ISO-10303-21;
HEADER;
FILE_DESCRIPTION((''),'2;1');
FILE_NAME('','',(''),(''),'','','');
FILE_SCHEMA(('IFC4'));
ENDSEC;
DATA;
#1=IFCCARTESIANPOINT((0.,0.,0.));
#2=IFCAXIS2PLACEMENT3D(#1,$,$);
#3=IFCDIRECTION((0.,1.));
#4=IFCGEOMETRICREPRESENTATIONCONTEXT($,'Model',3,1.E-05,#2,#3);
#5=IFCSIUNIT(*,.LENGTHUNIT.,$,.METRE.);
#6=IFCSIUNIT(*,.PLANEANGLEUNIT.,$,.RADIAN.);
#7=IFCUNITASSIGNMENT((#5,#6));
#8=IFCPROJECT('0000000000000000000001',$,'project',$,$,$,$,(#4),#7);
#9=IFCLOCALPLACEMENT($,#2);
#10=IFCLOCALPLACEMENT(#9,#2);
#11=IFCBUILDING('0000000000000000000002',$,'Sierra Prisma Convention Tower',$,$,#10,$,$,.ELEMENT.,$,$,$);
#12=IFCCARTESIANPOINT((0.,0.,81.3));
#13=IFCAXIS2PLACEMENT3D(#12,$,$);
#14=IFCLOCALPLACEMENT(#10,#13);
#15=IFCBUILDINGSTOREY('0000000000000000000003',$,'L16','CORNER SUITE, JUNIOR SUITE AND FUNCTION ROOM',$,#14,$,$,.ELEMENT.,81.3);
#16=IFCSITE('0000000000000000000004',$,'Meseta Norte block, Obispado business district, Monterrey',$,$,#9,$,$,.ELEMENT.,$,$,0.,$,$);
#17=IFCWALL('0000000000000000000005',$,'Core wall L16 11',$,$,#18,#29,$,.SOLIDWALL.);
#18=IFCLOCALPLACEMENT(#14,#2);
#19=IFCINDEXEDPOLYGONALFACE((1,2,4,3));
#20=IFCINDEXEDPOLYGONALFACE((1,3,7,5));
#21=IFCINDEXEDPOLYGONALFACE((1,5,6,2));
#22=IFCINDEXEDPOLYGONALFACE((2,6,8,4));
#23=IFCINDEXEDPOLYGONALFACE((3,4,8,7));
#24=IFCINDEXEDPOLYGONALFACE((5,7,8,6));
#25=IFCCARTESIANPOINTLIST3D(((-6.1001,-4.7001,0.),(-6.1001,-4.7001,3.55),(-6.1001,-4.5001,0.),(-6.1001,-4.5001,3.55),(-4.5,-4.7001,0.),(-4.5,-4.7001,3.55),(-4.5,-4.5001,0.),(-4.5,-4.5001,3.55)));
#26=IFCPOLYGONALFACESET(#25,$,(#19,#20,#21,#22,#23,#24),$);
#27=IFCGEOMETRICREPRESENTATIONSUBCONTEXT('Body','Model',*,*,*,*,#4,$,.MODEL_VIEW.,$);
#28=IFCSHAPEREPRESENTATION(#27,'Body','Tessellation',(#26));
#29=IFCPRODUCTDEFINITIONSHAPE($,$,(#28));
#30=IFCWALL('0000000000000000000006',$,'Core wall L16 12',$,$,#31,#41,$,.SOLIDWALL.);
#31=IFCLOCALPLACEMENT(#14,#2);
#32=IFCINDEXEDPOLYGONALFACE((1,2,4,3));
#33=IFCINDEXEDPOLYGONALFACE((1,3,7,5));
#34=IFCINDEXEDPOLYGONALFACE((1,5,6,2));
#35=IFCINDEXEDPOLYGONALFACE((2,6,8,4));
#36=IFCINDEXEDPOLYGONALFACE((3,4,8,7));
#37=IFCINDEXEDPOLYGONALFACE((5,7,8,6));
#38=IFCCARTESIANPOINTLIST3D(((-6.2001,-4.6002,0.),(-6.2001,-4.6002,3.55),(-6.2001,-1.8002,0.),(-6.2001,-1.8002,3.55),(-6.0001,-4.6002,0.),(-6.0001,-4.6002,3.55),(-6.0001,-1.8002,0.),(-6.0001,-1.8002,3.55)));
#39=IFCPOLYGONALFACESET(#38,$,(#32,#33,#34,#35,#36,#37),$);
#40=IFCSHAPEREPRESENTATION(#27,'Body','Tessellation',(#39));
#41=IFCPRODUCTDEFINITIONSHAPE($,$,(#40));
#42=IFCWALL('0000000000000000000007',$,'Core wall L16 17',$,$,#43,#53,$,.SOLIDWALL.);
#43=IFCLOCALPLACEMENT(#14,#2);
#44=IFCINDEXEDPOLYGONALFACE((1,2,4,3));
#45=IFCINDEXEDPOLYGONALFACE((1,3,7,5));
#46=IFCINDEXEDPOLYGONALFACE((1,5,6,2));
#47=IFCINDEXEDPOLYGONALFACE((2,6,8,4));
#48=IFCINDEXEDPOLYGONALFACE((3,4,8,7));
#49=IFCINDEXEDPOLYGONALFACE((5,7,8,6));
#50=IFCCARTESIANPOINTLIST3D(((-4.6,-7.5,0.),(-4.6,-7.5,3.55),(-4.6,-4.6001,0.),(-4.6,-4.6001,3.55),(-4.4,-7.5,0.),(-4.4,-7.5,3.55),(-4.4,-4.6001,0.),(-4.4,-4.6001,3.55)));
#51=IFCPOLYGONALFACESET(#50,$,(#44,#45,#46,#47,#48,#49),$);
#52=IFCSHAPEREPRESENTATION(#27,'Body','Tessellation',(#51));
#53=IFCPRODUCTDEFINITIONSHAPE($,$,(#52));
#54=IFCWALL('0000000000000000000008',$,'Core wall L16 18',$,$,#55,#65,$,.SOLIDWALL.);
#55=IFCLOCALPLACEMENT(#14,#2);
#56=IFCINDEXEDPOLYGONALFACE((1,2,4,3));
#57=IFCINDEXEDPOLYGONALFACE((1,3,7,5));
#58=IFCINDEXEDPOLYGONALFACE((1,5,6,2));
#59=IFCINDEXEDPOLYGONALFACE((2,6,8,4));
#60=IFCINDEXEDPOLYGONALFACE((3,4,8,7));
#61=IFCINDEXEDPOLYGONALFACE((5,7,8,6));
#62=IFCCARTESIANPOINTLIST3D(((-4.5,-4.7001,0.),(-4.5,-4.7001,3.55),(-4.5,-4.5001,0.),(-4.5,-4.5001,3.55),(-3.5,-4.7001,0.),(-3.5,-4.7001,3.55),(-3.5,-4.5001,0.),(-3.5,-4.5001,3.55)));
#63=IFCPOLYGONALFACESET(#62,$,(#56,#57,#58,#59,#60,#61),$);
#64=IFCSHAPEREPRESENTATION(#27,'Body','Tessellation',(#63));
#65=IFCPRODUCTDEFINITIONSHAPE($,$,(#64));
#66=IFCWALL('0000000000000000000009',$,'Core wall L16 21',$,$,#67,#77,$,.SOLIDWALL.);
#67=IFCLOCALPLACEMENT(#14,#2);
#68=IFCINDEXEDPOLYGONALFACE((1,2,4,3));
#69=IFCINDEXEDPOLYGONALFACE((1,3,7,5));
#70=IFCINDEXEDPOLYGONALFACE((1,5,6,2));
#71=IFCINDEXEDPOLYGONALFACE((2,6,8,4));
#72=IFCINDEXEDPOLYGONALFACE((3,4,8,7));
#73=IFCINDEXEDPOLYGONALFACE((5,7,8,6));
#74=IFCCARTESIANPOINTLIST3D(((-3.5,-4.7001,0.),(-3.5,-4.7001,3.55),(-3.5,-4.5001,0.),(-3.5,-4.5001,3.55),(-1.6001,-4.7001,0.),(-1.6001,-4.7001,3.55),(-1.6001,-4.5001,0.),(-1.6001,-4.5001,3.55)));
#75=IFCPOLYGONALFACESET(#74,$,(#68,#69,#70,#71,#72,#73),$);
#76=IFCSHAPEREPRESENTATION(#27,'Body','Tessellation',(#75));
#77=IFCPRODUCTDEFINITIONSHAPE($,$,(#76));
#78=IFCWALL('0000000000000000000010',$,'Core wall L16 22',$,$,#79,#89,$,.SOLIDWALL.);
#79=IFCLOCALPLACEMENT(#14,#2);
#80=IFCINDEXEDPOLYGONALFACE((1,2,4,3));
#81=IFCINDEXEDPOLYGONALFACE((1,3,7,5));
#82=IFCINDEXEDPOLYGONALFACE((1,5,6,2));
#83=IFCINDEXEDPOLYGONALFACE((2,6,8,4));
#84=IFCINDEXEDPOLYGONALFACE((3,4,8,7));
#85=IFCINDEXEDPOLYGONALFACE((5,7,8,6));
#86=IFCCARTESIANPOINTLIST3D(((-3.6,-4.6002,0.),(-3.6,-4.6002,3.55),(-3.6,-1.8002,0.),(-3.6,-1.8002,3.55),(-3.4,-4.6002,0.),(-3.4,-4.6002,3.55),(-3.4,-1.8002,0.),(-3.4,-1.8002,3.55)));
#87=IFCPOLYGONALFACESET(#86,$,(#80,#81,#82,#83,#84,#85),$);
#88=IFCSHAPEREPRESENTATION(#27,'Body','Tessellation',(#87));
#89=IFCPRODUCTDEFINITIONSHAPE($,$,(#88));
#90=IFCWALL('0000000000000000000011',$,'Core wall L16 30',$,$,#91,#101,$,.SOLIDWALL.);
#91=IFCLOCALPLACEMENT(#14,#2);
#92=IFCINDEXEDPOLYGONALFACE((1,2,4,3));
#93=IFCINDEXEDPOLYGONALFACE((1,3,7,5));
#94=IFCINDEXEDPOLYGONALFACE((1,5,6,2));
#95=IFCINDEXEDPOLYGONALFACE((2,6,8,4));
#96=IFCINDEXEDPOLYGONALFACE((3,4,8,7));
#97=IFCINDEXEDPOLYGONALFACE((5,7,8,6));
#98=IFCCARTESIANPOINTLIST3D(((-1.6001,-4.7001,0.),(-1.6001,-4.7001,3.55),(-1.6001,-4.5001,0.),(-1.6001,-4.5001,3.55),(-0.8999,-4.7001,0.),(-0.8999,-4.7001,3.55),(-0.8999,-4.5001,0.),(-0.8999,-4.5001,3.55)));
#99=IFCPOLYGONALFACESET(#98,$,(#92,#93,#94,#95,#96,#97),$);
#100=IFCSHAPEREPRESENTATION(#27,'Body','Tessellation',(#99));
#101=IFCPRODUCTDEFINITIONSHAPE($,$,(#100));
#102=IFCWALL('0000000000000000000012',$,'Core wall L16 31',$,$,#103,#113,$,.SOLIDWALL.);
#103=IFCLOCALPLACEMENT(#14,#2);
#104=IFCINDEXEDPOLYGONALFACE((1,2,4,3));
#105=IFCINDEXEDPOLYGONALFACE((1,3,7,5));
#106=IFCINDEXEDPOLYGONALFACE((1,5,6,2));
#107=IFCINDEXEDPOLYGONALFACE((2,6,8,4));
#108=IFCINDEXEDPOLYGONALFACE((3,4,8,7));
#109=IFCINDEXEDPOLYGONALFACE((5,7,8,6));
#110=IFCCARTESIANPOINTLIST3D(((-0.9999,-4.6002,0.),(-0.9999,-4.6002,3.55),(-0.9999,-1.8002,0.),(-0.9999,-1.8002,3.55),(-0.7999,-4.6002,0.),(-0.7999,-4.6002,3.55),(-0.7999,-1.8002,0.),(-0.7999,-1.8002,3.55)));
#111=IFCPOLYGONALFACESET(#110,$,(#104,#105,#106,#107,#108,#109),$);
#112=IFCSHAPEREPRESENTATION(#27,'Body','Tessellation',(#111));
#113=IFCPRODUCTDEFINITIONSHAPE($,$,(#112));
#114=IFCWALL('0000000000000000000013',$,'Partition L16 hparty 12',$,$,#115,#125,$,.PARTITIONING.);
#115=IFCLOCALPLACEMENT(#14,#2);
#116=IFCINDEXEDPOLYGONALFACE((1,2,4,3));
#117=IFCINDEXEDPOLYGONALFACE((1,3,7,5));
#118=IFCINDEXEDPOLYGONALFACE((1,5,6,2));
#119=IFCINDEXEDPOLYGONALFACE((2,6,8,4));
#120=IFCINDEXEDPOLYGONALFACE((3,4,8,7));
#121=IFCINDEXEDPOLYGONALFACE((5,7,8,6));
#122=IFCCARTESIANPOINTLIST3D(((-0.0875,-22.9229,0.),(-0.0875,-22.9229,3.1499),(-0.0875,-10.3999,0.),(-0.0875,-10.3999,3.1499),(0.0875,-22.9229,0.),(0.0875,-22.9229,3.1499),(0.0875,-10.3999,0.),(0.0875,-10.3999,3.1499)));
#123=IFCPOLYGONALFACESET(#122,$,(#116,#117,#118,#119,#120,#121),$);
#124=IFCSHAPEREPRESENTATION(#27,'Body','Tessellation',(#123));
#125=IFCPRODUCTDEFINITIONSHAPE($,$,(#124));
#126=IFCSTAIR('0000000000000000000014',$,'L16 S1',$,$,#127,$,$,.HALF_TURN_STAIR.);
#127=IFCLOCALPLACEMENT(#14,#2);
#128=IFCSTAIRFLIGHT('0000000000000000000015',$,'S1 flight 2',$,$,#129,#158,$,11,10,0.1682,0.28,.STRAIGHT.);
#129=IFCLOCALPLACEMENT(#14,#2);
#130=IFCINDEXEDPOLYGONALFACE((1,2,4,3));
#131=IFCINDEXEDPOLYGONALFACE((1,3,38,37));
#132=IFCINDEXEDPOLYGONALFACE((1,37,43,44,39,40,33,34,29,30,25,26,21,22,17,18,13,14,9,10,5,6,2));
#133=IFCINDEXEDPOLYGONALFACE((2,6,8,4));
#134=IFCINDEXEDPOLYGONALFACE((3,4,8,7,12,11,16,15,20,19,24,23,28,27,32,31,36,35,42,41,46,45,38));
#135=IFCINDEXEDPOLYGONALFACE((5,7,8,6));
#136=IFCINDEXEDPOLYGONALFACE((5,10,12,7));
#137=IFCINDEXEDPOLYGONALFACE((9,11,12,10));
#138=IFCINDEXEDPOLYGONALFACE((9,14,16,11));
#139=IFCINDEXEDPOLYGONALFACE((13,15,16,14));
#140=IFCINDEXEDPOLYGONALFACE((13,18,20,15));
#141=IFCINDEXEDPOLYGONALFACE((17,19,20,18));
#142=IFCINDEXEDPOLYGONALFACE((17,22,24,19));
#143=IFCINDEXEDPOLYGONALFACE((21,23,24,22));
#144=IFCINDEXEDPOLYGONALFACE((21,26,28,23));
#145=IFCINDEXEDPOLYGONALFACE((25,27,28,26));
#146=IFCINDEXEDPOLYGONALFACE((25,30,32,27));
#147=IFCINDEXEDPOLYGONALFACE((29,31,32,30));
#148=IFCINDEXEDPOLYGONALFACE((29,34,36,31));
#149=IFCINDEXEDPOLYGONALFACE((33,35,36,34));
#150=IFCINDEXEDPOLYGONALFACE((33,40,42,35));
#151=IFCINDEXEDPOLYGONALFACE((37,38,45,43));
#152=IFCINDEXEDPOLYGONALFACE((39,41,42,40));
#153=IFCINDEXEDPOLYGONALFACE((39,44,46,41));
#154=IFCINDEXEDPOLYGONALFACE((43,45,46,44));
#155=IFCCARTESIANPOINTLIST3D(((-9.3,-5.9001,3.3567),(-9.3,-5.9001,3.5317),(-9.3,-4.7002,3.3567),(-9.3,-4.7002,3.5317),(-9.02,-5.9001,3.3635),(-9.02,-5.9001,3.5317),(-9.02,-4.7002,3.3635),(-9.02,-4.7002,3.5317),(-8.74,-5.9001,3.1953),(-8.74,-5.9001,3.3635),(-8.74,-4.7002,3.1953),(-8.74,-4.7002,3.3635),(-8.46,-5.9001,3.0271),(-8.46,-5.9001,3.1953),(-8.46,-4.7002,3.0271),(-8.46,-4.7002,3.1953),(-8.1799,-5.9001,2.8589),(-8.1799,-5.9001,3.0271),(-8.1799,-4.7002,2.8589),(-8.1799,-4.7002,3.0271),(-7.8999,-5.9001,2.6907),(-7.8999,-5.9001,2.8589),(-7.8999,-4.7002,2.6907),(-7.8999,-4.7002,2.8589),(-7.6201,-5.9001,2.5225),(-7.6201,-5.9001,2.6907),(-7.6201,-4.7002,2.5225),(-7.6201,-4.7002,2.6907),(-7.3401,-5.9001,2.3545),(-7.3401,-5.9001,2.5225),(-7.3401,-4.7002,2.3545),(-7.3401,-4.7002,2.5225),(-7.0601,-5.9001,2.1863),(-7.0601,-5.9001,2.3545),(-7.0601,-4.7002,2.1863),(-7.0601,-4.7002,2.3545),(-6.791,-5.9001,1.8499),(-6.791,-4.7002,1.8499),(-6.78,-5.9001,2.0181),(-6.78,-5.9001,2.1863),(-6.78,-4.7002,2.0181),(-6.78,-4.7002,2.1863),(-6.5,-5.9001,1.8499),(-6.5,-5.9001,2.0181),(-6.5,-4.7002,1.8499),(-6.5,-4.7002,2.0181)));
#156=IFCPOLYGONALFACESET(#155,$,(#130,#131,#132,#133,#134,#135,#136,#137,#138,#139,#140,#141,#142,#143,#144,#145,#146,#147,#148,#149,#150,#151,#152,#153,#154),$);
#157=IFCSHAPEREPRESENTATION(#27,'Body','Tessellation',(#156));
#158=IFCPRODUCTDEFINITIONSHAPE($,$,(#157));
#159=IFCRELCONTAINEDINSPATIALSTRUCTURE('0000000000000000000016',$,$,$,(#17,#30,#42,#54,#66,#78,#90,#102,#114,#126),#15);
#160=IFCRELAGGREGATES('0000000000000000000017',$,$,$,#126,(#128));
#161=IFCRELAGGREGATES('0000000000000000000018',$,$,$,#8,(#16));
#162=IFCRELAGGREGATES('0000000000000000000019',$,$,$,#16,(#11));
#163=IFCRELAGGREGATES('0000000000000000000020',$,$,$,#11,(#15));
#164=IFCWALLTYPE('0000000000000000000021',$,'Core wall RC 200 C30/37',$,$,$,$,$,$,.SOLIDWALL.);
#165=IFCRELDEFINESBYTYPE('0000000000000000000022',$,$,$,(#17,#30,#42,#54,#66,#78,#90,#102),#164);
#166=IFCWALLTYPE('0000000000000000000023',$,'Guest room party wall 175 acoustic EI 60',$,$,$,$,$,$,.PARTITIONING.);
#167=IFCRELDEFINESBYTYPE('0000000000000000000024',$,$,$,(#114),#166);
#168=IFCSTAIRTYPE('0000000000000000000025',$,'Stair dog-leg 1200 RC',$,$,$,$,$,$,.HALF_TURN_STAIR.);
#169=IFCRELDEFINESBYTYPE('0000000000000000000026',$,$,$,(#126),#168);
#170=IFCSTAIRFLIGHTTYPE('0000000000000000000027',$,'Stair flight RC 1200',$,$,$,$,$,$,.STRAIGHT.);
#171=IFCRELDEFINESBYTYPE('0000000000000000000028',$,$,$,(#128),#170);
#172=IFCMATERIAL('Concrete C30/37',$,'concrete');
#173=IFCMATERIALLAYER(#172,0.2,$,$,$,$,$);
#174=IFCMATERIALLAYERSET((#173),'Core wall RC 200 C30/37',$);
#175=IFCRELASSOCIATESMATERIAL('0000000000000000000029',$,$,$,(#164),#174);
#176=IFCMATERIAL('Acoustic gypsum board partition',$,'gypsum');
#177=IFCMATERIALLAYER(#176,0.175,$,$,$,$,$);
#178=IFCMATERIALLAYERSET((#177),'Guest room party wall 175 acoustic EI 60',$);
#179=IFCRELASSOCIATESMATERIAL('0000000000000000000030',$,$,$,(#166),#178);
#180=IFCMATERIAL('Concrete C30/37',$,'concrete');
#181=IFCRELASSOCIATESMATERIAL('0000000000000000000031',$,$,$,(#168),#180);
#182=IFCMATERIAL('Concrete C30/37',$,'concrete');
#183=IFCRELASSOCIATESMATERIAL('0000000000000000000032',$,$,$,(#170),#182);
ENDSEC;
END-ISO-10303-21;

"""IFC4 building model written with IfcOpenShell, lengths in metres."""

from ifc_helpers import new_model, si_unit, direction, frame, frame_2d, origin, place, context, subcontext, project, spatial, polyline, rectangle, outline, extrude, material, layer, layer_set, type_object, element, aggregate, save


model = new_model("IFC4")

# Units and contexts
model_context = context("Model", 3, precision=1e-05, world=origin(), true_north=direction((0.0, 1.0)))
body_context = subcontext(model_context, "Body", "Model", "MODEL_VIEW")
ifc_project = project(units=[si_unit("LENGTHUNIT", "METRE"), si_unit("PLANEANGLEUNIT", "RADIAN")], contexts=[model_context])

# Site, building, storey
site_placement = place(None, origin())
site = spatial("IfcSite", under=ifc_project, at=site_placement, Name="Meseta Norte block, Obispado business district, Monterrey", CompositionType="ELEMENT", RefElevation=0.0)
building_placement = place(site_placement, origin())
building = spatial("IfcBuilding", under=site, at=building_placement, Name="Sierra Prisma Convention Tower", CompositionType="ELEMENT")
storey_placement = place(building_placement, frame((0.0, 0.0, 81.3)))
storey = spatial("IfcBuildingStorey", under=building, at=storey_placement, Name="L16", Description="CORNER SUITE, JUNIOR SUITE AND FUNCTION ROOM", CompositionType="ELEMENT", Elevation=81.3)

# Walls
ifc_material_1 = material(Name="Concrete C30/37", Category="concrete")
ifc_layer_1 = layer(ifc_material_1, 0.2)
ifc_layer_set_1 = layer_set([ifc_layer_1], Name="Core wall RC 200 C30/37")
wall_type_1 = type_object("IfcWallType", Name="Core wall RC 200 C30/37", PredefinedType="SOLIDWALL", material=ifc_layer_set_1)
wall_1_placement = place(storey_placement, frame((-6.1001, -4.6001, 0.0), z_axis=(0.0, 0.0, 1.0), x_axis=(1.0, 0.0, 0.0)))
element("IfcWall", 1, at=wall_1_placement, inside=storey, type_object=wall_type_1, Name="Core wall L16 11", PredefinedType="SOLIDWALL", context=body_context, shape_type="SweptSolid", body=[
    extrude(rectangle(XDim=1.6001, YDim=0.2, at=frame_2d((0.8, 0.0))), origin(), (0.0, 0.0, 1.0), 3.55),
])
wall_2_placement = place(storey_placement, frame((-6.1001, -4.6001, 0.0), z_axis=(0.0, 0.0, 1.0), x_axis=(0.0, 1.0, 0.0)))
element("IfcWall", 2, at=wall_2_placement, inside=storey, type_object=wall_type_1, Name="Core wall L16 12", PredefinedType="SOLIDWALL", context=body_context, shape_type="SweptSolid", body=[
    extrude(rectangle(XDim=2.8, YDim=0.2, at=frame_2d((1.3999, 0.0))), origin(), (0.0, 0.0, 1.0), 3.55),
])
wall_3_placement = place(storey_placement, frame((-4.5, -4.6001, 0.0), z_axis=(0.0, 0.0, 1.0), x_axis=(0.0, -1.0, 0.0)))
element("IfcWall", 3, at=wall_3_placement, inside=storey, type_object=wall_type_1, Name="Core wall L16 17", PredefinedType="SOLIDWALL", context=body_context, shape_type="SweptSolid", body=[
    extrude(rectangle(XDim=2.8999, YDim=0.2, at=frame_2d((1.45, 0.0))), origin(), (0.0, 0.0, 1.0), 3.55),
])
wall_4_placement = place(storey_placement, frame((-4.5, -4.6001, 0.0), z_axis=(0.0, 0.0, 1.0), x_axis=(1.0, 0.0, 0.0)))
element("IfcWall", 4, at=wall_4_placement, inside=storey, type_object=wall_type_1, Name="Core wall L16 18", PredefinedType="SOLIDWALL", context=body_context, shape_type="SweptSolid", body=[
    extrude(rectangle(XDim=1.0, YDim=0.2, at=frame_2d((0.5, 0.0))), origin(), (0.0, 0.0, 1.0), 3.55),
])
wall_5_placement = place(storey_placement, frame((-3.5, -4.6001, 0.0), z_axis=(0.0, 0.0, 1.0), x_axis=(1.0, 0.0, 0.0)))
element("IfcWall", 5, at=wall_5_placement, inside=storey, type_object=wall_type_1, Name="Core wall L16 21", PredefinedType="SOLIDWALL", context=body_context, shape_type="SweptSolid", body=[
    extrude(rectangle(XDim=1.8999, YDim=0.2, at=frame_2d((0.95, 0.0))), origin(), (0.0, 0.0, 1.0), 3.55),
])
wall_6_placement = place(storey_placement, frame((-3.5, -4.6001, 0.0), z_axis=(0.0, 0.0, 1.0), x_axis=(0.0, 1.0, 0.0)))
element("IfcWall", 6, at=wall_6_placement, inside=storey, type_object=wall_type_1, Name="Core wall L16 22", PredefinedType="SOLIDWALL", context=body_context, shape_type="SweptSolid", body=[
    extrude(rectangle(XDim=2.8, YDim=0.2, at=frame_2d((1.3999, 0.0))), origin(), (0.0, 0.0, 1.0), 3.55),
])

# Walls
wall_7_placement = place(storey_placement, frame((-1.6001, -4.6001, 0.0), z_axis=(0.0, 0.0, 1.0), x_axis=(1.0, 0.0, 0.0)))
element("IfcWall", 7, at=wall_7_placement, inside=storey, type_object=wall_type_1, Name="Core wall L16 30", PredefinedType="SOLIDWALL", context=body_context, shape_type="SweptSolid", body=[
    extrude(rectangle(XDim=0.7002, YDim=0.2, at=frame_2d((0.3501, 0.0))), origin(), (0.0, 0.0, 1.0), 3.55),
])
wall_8_placement = place(storey_placement, frame((-0.8999, -4.6001, 0.0), z_axis=(0.0, 0.0, 1.0), x_axis=(0.0, 1.0, 0.0)))
element("IfcWall", 8, at=wall_8_placement, inside=storey, type_object=wall_type_1, Name="Core wall L16 31", PredefinedType="SOLIDWALL", context=body_context, shape_type="SweptSolid", body=[
    extrude(rectangle(XDim=2.8, YDim=0.2, at=frame_2d((1.3999, 0.0))), origin(), (0.0, 0.0, 1.0), 3.55),
])
ifc_material_2 = material(Name="Acoustic gypsum board partition", Category="gypsum")
ifc_layer_2 = layer(ifc_material_2, 0.175)
ifc_layer_set_2 = layer_set([ifc_layer_2], Name="Guest room party wall 175 acoustic EI 60")
wall_type_2 = type_object("IfcWallType", Name="Guest room party wall 175 acoustic EI 60", PredefinedType="PARTITIONING", material=ifc_layer_set_2)
wall_9_placement = place(storey_placement, frame((0.0, -10.3999, 0.0), z_axis=(0.0, 0.0, 1.0), x_axis=(0.0, -1.0, 0.0)))
element("IfcWall", 9, at=wall_9_placement, inside=storey, type_object=wall_type_2, Name="Partition L16 hparty 12", PredefinedType="PARTITIONING", context=body_context, shape_type="SweptSolid", body=[
    extrude(rectangle(XDim=12.5229, YDim=0.175, at=frame_2d((6.2615, 0.0))), origin(), (0.0, 0.0, 1.0), 3.1499),
])

# Stair, stair flight
ifc_material_3 = material(Name="Concrete C30/37", Category="concrete")
stair_type = type_object("IfcStairType", Name="Stair dog-leg 1200 RC", PredefinedType="HALF_TURN_STAIR", material=ifc_material_3)
stair_placement = place(storey_placement, origin())
stair = element("IfcStair", 10, at=stair_placement, inside=storey, type_object=stair_type, Name="L16 S1", PredefinedType="HALF_TURN_STAIR")
ifc_material_4 = material(Name="Concrete C30/37", Category="concrete")
stair_flight_type = type_object("IfcStairFlightType", Name="Stair flight RC 1200", PredefinedType="STRAIGHT", material=ifc_material_4)
stair_flight_placement = place(storey_placement, frame((-6.5, -5.3, 1.8499), z_axis=(0.0, 0.0, 1.0), x_axis=(-1.0, 0.0, 0.0)))
stair_flight = element("IfcStairFlight", 11, at=stair_flight_placement, type_object=stair_flight_type, Name="S1 flight 2", NumberOfRisers=11, NumberOfTreads=10, PredefinedType="STRAIGHT", RiserHeight=0.1682, TreadLength=0.28, context=body_context, shape_type="SweptSolid", body=[
    extrude(outline(polyline([(0.0, 0.0), (0.0, 0.1682), (0.28, 0.1682), (0.28, 0.3364), (0.5601, 0.3364), (0.5601, 0.5046), (0.8401, 0.5046), (0.8401, 0.6726), (1.1201, 0.6726), (1.1201, 0.8408), (1.3999, 0.8408), (1.3999, 1.009), (1.6799, 1.009), (1.6799, 1.1772), (1.96, 1.1772), (1.96, 1.3455), (2.24, 1.3455), (2.24, 1.5137), (2.52, 1.5137), (2.52, 1.6819), (2.8, 1.6819), (2.8, 1.8501), (2.8, 1.5068), (0.291, 0.0), (0.0, 0.0)])), frame((0.0, 0.6001, 0.0), z_axis=(0.0, -1.0, 0.0), x_axis=(1.0, 0.0, 0.0)), (0.0, 0.0, 1.0), 1.2),
])
aggregate(stair, [stair_flight])

save(model, "model.ifc")
